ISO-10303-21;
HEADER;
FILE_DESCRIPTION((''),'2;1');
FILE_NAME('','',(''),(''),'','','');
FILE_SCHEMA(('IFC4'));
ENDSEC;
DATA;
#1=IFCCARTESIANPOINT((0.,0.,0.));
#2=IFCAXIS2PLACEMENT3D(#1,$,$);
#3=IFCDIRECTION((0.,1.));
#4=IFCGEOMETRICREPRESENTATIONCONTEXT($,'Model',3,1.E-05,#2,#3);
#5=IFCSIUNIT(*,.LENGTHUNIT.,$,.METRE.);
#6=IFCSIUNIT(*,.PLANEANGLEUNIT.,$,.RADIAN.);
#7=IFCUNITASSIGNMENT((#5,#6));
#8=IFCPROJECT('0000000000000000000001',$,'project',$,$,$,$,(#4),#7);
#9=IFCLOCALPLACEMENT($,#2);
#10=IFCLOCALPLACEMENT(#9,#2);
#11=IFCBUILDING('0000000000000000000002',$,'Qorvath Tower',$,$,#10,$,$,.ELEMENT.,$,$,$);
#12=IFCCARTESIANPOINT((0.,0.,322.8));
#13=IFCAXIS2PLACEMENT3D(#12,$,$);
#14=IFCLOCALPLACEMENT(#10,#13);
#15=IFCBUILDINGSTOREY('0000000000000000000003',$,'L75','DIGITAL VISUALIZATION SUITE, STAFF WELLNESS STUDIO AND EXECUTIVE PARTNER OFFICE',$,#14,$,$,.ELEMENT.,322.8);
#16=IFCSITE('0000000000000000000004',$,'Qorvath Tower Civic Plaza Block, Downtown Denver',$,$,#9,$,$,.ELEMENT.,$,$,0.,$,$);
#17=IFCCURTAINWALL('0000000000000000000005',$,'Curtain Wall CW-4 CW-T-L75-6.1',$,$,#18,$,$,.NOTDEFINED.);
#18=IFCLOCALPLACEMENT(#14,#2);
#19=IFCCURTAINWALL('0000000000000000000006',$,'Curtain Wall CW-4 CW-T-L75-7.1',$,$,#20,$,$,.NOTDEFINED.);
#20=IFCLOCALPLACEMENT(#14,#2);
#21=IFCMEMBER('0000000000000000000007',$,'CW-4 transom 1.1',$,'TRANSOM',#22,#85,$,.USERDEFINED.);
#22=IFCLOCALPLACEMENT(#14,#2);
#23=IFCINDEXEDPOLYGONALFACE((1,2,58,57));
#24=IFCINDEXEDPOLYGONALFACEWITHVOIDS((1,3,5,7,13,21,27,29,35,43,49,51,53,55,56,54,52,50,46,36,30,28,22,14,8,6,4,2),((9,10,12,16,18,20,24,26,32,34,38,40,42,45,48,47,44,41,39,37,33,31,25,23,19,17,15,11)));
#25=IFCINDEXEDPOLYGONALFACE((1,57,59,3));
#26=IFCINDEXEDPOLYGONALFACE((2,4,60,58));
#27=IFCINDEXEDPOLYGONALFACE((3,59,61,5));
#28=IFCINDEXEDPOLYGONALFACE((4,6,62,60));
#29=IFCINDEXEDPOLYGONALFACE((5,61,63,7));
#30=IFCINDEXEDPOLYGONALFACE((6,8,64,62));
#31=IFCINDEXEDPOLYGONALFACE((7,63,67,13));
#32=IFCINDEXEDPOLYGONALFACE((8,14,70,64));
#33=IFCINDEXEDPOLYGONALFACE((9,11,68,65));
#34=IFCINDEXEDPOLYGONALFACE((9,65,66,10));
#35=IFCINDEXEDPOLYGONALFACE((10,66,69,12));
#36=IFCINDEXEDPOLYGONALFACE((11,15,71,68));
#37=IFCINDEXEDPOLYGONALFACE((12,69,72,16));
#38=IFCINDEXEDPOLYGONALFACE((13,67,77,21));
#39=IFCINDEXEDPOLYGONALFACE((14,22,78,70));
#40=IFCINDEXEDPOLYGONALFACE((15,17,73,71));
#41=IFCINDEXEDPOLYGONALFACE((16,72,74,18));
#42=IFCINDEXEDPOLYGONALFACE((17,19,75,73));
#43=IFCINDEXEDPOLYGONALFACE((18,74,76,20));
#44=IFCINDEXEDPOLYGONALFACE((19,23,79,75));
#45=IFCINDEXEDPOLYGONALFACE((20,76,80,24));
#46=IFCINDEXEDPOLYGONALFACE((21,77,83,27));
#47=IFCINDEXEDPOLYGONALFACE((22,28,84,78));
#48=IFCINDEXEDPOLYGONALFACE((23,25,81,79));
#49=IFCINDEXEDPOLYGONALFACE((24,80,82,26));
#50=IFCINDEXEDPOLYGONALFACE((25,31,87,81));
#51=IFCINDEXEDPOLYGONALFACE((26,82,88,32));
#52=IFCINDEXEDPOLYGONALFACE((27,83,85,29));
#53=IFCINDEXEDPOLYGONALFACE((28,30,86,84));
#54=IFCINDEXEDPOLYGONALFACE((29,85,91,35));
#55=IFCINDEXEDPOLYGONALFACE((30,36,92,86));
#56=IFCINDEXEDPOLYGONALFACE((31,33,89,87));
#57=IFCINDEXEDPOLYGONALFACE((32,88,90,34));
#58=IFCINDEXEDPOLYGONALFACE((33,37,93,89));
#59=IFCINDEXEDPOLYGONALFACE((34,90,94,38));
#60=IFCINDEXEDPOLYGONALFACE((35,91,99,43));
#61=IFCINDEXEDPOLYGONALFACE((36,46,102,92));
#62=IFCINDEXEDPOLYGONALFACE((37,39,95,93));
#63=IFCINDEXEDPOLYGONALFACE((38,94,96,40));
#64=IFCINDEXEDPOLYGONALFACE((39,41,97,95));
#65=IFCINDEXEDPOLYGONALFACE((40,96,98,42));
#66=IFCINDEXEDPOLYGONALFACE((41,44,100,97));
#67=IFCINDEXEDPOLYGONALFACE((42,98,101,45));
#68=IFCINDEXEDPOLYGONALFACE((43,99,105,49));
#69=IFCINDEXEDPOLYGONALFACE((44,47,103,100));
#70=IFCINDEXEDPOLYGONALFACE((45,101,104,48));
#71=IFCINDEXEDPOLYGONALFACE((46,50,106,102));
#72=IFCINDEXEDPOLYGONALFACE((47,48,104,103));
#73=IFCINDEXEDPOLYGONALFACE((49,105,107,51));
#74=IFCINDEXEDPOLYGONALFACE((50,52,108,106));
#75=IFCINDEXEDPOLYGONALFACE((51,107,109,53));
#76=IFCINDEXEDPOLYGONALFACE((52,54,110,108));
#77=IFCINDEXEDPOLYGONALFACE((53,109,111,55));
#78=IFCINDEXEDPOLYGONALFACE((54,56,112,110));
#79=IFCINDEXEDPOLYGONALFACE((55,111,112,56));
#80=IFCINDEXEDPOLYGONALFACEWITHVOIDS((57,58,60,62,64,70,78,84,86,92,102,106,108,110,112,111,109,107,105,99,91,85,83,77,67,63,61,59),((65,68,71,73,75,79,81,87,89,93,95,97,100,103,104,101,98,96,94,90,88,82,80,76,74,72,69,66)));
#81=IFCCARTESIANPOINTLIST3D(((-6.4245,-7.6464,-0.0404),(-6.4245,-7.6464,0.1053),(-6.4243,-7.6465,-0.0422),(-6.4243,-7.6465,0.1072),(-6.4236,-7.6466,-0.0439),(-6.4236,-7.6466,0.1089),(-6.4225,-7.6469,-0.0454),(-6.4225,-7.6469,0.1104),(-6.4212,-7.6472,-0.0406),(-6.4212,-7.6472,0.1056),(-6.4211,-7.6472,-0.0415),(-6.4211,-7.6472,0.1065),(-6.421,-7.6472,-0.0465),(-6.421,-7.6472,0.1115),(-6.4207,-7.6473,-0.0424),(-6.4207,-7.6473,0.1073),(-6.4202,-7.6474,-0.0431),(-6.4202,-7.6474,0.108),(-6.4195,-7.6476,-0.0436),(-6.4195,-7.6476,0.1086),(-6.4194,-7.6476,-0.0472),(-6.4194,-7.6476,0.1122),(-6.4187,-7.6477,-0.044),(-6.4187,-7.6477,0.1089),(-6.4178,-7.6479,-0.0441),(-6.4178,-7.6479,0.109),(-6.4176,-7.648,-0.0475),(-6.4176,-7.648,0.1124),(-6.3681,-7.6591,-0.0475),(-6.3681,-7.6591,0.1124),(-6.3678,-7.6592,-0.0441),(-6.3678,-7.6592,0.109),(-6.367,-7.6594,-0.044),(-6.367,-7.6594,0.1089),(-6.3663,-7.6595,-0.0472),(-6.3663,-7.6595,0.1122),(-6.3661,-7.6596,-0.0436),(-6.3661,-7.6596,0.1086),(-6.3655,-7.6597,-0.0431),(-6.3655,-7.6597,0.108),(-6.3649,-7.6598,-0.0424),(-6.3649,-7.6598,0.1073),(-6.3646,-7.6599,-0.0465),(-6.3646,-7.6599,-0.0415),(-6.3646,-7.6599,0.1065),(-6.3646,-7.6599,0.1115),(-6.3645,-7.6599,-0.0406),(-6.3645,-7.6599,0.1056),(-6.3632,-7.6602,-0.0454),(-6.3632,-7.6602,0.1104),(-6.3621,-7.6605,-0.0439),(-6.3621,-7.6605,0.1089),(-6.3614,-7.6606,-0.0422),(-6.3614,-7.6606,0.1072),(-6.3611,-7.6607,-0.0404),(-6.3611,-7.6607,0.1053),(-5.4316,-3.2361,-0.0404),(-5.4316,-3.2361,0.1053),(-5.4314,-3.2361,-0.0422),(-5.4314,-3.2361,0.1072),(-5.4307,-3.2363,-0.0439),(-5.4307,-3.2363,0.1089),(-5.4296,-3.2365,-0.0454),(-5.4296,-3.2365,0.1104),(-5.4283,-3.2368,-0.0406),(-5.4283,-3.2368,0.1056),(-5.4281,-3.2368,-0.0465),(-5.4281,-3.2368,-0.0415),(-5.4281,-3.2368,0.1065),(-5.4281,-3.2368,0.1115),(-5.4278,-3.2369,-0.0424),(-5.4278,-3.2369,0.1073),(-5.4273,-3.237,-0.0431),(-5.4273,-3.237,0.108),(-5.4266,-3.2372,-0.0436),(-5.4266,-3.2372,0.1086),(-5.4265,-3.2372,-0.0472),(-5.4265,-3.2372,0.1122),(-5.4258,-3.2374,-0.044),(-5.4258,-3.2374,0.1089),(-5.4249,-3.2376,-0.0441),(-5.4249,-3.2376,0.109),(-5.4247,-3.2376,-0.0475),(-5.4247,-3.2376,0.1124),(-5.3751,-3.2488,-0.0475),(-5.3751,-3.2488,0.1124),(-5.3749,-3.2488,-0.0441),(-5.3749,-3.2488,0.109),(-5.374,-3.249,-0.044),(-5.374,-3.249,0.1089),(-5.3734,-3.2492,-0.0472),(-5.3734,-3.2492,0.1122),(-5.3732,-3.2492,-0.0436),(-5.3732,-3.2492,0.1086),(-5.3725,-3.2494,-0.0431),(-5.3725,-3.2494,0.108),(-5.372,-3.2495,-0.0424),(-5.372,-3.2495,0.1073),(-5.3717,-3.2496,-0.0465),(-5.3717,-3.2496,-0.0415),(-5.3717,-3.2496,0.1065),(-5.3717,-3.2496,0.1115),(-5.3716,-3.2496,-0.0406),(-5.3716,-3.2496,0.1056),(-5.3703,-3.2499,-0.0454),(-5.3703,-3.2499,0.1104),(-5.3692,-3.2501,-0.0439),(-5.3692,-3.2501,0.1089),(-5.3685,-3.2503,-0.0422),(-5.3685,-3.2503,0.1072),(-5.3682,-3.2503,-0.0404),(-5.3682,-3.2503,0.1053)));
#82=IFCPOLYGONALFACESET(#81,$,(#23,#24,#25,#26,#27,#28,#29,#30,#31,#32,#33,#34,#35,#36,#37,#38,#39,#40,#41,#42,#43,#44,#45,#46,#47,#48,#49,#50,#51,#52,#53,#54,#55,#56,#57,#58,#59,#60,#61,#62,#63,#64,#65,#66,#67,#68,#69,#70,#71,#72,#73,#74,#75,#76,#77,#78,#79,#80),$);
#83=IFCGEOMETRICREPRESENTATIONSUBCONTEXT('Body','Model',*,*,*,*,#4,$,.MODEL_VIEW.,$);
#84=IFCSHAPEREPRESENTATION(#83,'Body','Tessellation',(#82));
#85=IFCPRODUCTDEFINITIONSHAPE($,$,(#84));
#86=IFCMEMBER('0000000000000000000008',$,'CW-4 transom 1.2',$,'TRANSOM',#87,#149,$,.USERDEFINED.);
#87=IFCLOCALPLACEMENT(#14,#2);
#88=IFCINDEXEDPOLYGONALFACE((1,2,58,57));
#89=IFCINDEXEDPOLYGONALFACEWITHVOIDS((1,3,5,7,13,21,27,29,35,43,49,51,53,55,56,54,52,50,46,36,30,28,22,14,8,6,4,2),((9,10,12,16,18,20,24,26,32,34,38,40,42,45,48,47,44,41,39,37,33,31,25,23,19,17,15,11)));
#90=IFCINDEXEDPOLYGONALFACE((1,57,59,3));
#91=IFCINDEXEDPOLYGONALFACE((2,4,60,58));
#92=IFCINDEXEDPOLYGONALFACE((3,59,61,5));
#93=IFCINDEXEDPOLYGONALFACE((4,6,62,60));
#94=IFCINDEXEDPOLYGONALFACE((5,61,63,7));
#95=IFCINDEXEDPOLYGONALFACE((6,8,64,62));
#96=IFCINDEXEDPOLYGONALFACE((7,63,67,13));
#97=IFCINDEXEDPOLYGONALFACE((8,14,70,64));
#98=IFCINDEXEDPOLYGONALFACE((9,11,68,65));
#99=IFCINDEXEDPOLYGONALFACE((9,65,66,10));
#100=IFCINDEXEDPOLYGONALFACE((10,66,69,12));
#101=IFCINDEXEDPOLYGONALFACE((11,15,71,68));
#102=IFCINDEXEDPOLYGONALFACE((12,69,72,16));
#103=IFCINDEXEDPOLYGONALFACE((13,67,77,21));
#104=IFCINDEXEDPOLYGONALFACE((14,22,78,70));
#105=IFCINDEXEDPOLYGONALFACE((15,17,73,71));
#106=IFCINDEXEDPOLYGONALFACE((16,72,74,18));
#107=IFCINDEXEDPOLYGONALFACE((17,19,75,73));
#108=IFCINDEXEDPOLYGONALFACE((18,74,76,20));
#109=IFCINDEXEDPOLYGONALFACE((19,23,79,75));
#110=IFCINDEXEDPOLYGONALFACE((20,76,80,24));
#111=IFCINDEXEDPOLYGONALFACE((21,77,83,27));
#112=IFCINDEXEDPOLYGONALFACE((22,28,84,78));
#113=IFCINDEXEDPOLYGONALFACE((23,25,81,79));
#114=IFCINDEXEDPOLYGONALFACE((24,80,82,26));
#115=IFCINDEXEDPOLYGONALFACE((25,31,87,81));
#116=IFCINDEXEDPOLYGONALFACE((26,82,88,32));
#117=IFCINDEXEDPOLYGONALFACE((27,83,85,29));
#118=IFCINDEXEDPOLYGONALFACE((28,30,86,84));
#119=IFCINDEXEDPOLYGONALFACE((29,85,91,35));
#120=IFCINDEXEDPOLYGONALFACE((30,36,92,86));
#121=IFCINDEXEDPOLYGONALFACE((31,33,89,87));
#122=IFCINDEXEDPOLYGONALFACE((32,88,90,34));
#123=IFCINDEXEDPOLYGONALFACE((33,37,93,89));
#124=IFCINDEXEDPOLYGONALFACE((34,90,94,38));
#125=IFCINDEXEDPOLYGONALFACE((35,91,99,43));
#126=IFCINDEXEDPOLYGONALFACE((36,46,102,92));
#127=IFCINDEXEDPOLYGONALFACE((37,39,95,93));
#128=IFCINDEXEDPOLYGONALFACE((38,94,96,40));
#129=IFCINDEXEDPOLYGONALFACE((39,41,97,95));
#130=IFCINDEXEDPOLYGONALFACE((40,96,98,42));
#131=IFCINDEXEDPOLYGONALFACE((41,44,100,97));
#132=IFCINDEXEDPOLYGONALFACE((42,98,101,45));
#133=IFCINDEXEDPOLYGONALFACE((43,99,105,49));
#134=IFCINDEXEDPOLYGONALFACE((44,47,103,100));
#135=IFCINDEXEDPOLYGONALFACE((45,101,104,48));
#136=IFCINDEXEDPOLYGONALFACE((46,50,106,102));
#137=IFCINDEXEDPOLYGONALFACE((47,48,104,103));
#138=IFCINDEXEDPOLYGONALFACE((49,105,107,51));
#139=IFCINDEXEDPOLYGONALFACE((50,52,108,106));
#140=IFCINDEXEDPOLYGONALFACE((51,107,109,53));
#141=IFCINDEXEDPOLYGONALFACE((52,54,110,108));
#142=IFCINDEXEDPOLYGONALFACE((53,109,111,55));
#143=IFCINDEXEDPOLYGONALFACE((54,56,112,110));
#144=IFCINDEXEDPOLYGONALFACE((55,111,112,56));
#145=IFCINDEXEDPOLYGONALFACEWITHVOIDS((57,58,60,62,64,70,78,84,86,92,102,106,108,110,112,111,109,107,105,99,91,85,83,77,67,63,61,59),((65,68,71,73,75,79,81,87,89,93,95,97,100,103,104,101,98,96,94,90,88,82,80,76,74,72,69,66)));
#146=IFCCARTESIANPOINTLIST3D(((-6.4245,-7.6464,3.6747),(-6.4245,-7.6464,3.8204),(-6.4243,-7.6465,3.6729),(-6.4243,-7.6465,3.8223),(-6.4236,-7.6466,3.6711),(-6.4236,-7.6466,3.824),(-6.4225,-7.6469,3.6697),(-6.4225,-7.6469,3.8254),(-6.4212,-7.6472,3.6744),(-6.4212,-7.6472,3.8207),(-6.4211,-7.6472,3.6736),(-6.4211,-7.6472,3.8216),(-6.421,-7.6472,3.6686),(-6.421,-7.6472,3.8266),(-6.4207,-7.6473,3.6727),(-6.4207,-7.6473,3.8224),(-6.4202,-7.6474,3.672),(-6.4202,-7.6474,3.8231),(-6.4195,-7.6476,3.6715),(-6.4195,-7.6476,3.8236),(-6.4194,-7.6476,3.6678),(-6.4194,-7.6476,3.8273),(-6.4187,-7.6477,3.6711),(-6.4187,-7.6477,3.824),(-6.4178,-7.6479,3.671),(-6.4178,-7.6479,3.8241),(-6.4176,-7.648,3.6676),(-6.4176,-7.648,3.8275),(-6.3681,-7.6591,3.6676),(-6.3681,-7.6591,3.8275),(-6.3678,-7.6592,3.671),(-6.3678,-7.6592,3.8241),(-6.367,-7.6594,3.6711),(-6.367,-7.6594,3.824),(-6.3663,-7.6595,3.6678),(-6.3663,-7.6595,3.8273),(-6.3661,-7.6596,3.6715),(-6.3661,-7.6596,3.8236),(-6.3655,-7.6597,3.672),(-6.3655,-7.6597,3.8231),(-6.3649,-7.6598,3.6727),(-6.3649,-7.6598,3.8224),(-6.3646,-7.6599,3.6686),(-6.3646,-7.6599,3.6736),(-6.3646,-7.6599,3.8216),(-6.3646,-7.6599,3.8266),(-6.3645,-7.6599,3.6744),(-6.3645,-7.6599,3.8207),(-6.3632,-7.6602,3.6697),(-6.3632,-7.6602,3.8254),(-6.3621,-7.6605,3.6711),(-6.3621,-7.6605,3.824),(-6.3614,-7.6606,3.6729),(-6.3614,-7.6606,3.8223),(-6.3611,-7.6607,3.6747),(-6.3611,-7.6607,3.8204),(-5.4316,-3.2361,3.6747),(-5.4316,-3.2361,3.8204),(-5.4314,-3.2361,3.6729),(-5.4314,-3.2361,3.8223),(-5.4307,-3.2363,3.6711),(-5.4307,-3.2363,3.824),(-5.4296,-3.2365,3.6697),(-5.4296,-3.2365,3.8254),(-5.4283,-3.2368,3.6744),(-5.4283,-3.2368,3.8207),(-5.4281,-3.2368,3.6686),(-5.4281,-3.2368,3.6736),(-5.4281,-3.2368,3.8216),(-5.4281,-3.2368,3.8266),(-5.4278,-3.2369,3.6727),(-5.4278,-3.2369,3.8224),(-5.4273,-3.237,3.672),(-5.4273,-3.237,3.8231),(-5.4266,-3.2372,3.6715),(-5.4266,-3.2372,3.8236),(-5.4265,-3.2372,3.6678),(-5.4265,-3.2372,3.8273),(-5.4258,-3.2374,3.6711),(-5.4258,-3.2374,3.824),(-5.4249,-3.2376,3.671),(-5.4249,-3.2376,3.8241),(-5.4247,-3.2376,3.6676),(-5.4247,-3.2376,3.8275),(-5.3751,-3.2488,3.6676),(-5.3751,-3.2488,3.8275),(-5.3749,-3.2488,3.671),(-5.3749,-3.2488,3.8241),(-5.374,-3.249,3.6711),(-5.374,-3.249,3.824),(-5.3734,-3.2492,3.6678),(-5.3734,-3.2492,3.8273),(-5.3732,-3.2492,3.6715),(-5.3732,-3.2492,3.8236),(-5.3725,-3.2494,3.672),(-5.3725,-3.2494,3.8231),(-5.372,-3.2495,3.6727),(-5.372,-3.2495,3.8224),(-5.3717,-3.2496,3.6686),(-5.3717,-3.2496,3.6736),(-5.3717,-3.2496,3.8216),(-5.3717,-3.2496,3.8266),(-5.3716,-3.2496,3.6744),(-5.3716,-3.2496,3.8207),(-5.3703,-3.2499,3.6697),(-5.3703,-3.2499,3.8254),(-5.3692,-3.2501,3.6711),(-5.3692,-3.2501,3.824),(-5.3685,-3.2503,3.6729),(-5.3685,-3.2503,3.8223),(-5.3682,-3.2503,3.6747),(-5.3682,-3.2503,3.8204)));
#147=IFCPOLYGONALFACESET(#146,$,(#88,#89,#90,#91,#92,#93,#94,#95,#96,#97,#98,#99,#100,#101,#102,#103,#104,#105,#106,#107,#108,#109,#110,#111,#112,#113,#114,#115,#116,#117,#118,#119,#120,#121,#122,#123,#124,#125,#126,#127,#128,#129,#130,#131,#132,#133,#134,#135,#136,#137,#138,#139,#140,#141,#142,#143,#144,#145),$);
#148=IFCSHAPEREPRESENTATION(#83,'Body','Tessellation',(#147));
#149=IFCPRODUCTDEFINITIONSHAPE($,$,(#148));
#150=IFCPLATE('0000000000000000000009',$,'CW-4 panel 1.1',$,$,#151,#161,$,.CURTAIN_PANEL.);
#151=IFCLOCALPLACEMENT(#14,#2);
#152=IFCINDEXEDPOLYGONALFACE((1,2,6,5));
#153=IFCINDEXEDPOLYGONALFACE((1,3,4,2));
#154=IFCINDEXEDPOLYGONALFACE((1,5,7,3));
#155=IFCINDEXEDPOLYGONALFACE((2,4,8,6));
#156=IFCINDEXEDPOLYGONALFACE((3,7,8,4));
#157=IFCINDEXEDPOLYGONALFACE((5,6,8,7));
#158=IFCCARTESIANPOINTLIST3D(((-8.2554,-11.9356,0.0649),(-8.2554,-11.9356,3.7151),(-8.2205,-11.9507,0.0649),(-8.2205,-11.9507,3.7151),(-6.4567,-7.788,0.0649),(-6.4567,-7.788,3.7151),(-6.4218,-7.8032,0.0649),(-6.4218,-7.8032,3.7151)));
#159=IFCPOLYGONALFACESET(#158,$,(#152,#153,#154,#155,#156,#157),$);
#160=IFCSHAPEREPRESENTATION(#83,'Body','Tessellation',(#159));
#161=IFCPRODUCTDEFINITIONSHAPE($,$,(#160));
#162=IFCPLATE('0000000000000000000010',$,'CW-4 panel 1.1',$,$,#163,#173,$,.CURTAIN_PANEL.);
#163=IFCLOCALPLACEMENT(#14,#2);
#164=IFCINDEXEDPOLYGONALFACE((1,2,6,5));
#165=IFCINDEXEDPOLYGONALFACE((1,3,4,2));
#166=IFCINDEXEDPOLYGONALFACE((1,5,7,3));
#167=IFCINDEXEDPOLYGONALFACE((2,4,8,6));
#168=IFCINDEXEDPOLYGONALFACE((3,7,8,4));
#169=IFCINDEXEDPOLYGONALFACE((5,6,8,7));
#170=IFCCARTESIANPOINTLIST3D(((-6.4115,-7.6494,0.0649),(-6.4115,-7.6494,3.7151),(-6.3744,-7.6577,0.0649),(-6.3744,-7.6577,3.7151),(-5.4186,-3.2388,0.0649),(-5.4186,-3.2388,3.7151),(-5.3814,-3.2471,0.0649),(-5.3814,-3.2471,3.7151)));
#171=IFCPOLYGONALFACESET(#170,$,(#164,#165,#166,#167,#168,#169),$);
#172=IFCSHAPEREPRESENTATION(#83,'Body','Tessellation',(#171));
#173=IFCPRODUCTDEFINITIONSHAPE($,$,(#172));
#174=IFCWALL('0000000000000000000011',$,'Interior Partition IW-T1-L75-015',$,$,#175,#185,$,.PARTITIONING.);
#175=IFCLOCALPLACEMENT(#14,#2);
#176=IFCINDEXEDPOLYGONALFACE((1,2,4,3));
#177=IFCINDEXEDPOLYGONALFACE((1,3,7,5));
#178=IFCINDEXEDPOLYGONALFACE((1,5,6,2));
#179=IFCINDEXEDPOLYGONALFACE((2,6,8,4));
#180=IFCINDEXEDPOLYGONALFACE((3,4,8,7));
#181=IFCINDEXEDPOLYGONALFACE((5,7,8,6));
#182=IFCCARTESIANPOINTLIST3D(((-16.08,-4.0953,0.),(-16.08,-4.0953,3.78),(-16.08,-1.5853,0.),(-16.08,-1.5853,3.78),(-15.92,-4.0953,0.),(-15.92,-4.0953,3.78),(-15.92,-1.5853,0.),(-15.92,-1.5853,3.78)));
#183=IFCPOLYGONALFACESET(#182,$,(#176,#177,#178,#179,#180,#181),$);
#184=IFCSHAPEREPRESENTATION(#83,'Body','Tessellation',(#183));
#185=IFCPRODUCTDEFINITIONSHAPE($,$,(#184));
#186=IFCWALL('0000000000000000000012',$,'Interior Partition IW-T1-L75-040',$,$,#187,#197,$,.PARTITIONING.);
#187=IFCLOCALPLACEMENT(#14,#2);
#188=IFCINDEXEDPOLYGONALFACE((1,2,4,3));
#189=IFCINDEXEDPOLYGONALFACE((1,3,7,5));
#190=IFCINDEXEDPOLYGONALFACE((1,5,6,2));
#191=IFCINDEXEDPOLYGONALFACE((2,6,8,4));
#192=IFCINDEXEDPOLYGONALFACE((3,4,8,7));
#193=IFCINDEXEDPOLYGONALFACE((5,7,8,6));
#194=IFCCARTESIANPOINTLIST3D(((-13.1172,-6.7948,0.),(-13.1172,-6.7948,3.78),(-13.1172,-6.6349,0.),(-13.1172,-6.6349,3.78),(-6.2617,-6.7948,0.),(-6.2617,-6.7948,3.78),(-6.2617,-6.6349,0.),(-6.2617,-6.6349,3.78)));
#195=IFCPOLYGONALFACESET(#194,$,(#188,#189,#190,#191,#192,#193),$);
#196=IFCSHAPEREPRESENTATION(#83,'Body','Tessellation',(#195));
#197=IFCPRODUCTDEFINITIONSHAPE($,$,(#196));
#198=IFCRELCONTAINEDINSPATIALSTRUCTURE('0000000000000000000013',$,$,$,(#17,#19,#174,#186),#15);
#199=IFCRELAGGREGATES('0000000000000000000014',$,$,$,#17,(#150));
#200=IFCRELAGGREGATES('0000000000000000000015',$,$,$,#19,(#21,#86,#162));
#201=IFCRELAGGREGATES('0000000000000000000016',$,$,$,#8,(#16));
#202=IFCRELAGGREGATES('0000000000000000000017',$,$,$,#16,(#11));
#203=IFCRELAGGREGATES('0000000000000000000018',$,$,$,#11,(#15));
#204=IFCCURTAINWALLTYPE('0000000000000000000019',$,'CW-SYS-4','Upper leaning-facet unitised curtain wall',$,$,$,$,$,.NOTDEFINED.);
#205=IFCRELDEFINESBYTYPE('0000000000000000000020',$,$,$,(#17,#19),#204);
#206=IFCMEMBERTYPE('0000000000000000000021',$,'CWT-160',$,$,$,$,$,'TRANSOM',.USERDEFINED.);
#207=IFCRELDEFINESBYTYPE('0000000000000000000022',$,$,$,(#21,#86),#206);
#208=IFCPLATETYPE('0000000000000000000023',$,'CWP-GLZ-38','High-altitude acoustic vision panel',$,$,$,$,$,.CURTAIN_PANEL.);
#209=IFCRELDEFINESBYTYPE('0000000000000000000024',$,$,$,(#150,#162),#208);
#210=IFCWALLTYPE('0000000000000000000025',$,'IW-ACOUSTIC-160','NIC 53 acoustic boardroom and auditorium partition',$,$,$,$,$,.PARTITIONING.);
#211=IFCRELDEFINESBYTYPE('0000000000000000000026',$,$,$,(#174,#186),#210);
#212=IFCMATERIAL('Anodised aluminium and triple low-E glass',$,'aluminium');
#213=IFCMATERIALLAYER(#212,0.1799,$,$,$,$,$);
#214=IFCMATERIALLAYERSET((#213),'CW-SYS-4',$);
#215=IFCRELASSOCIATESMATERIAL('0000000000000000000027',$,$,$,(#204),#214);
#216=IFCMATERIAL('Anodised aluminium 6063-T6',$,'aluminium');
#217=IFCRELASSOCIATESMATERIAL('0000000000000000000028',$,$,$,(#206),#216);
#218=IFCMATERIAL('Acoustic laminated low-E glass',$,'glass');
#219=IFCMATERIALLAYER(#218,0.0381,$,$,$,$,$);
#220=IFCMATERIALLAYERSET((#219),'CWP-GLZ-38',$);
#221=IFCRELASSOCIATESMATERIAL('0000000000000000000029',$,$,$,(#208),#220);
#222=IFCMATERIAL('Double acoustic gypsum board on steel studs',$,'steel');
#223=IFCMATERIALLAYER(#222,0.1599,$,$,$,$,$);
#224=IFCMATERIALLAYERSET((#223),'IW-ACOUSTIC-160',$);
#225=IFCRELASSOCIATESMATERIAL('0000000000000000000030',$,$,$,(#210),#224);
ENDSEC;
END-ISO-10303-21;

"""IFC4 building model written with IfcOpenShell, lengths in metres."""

from ifc_helpers import new_model, si_unit, direction, frame, frame_2d, origin, origin_2d, place, context, subcontext, project, spatial, rectangle, hollow_rectangle, extrude, material, layer, layer_set, material_profile, profile_set, type_object, element, aggregate, save


model = new_model("IFC4")

# Units and contexts
model_context = context("Model", 3, precision=1e-05, world=origin(), true_north=direction((0.0, 1.0)))
body_context = subcontext(model_context, "Body", "Model", "MODEL_VIEW")
ifc_project = project(units=[si_unit("LENGTHUNIT", "METRE"), si_unit("PLANEANGLEUNIT", "RADIAN")], contexts=[model_context])

# Site, building, storey
site_placement = place(None, origin())
site = spatial("IfcSite", under=ifc_project, at=site_placement, Name="Qorvath Tower Civic Plaza Block, Downtown Denver", CompositionType="ELEMENT", RefElevation=0.0)
building_placement = place(site_placement, origin())
building = spatial("IfcBuilding", under=site, at=building_placement, Name="Qorvath Tower", CompositionType="ELEMENT")
storey_placement = place(building_placement, frame((0.0, 0.0, 322.8)))
storey = spatial("IfcBuildingStorey", under=building, at=storey_placement, Name="L75", Description="DIGITAL VISUALIZATION SUITE, STAFF WELLNESS STUDIO AND EXECUTIVE PARTNER OFFICE", CompositionType="ELEMENT", Elevation=322.8)

# Curtain wall
ifc_material_1 = material(Name="Anodised aluminium and triple low-E glass", Category="aluminium")
ifc_layer_1 = layer(ifc_material_1, 0.1799)
ifc_layer_set_1 = layer_set([ifc_layer_1], Name="CW-SYS-4")
curtain_wall_type = type_object("IfcCurtainWallType", Name="CW-SYS-4", Description="Upper leaning-facet unitised curtain wall", PredefinedType="NOTDEFINED", material=ifc_layer_set_1)
curtain_wall_1_placement = place(storey_placement, origin())
curtain_wall_1 = element("IfcCurtainWall", 1, at=curtain_wall_1_placement, inside=storey, type_object=curtain_wall_type, Name="Curtain Wall CW-4 CW-T-L75-6.1", PredefinedType="NOTDEFINED")

# Curtain wall, members
curtain_wall_2_placement = place(storey_placement, origin())
curtain_wall_2 = element("IfcCurtainWall", 2, at=curtain_wall_2_placement, inside=storey, type_object=curtain_wall_type, Name="Curtain Wall CW-4 CW-T-L75-7.1", PredefinedType="NOTDEFINED")
ifc_material_2 = material(Name="Anodised aluminium 6063-T6", Category="aluminium")
ifc_material_profile_1 = material_profile(ifc_material_2, hollow_rectangle(XDim=0.0649, YDim=0.1599, WallThickness=0.0034, InnerFilletRadius=0.0034, OuterFilletRadius=0.0071, at=origin_2d()), Name="CWT 160x65")
ifc_profile_set_1 = profile_set([ifc_material_profile_1], Name="Anodised aluminium 6063-T6")
member_type_1 = type_object("IfcMemberType", Name="CWT-160", ElementType="TRANSOM", PredefinedType="USERDEFINED", material=ifc_profile_set_1)
member_1_placement = place(storey_placement, frame((-6.3928, -7.6536, 0.0325), z_axis=(0.219634, 0.975582, 0.0), x_axis=(-0.975582, 0.219634, 0.0)))
member_1 = element("IfcMember", 3, at=member_1_placement, type_object=member_type_1, Name="CW-4 transom 1.1", ObjectType="TRANSOM", PredefinedType="USERDEFINED", context=body_context, shape_type="SweptSolid", body=[
    extrude(hollow_rectangle(XDim=0.0649, YDim=0.1599, WallThickness=0.0034, InnerFilletRadius=0.0034, OuterFilletRadius=0.0071, at=origin_2d()), origin(), (0.0, 0.0, 1.0), 4.5208),
])
member_2_placement = place(storey_placement, frame((-6.3928, -7.6536, 3.7476), z_axis=(0.219634, 0.975582, 0.0), x_axis=(-0.975582, 0.219634, 0.0)))
member_2 = element("IfcMember", 4, at=member_2_placement, type_object=member_type_1, Name="CW-4 transom 1.2", ObjectType="TRANSOM", PredefinedType="USERDEFINED", context=body_context, shape_type="SweptSolid", body=[
    extrude(hollow_rectangle(XDim=0.0649, YDim=0.1599, WallThickness=0.0034, InnerFilletRadius=0.0034, OuterFilletRadius=0.0071, at=origin_2d()), origin(), (0.0, 0.0, 1.0), 4.5208),
])

# Plates
ifc_material_3 = material(Name="Acoustic laminated low-E glass", Category="glass")
ifc_layer_2 = layer(ifc_material_3, 0.0381)
ifc_layer_set_2 = layer_set([ifc_layer_2], Name="CWP-GLZ-38")
plate_type = type_object("IfcPlateType", Name="CWP-GLZ-38", Description="High-altitude acoustic vision panel", PredefinedType="CURTAIN_PANEL", material=ifc_layer_set_2)
plate_1_placement = place(storey_placement, frame((-7.3386, -9.8694, 0.0649), z_axis=(0.0, 0.0, 1.0), x_axis=(0.397874, 0.91744, 0.0)))
plate_1 = element("IfcPlate", 5, at=plate_1_placement, type_object=plate_type, Name="CW-4 panel 1.1", PredefinedType="CURTAIN_PANEL", context=body_context, shape_type="SweptSolid", body=[
    extrude(rectangle(XDim=4.5208, YDim=0.0381, at=origin_2d()), origin(), (0.0, 0.0, 1.0), 3.6501),
])
aggregate(curtain_wall_1, [plate_1])
plate_2_placement = place(storey_placement, frame((-5.8965, -5.4482, 0.0649), z_axis=(0.0, 0.0, 1.0), x_axis=(0.219634, 0.975582, 0.0)))
plate_2 = element("IfcPlate", 6, at=plate_2_placement, type_object=plate_type, Name="CW-4 panel 1.1", PredefinedType="CURTAIN_PANEL", context=body_context, shape_type="SweptSolid", body=[
    extrude(rectangle(XDim=4.521, YDim=0.0381, at=origin_2d()), origin(), (0.0, 0.0, 1.0), 3.6501),
])
aggregate(curtain_wall_2, [member_1, member_2, plate_2])

# Walls
ifc_material_4 = material(Name="Double acoustic gypsum board on steel studs", Category="steel")
ifc_layer_3 = layer(ifc_material_4, 0.1599)
ifc_layer_set_3 = layer_set([ifc_layer_3], Name="IW-ACOUSTIC-160")
wall_type_1 = type_object("IfcWallType", Name="IW-ACOUSTIC-160", Description="NIC 53 acoustic boardroom and auditorium partition", PredefinedType="PARTITIONING", material=ifc_layer_set_3)
wall_1_placement = place(storey_placement, frame((-16.0, -4.0952, 0.0), z_axis=(0.0, 0.0, 1.0), x_axis=(0.0, 1.0, 0.0)))
element("IfcWall", 7, at=wall_1_placement, inside=storey, type_object=wall_type_1, Name="Interior Partition IW-T1-L75-015", PredefinedType="PARTITIONING", context=body_context, shape_type="SweptSolid", body=[
    extrude(rectangle(XDim=2.51, YDim=0.1599, at=frame_2d((1.2549, 0.0))), origin(), (0.0, 0.0, 1.0), 3.78),
])
wall_2_placement = place(storey_placement, frame((-6.2617, -6.7148, 0.0), z_axis=(0.0, 0.0, 1.0), x_axis=(-1.0, 0.0, 0.0)))
element("IfcWall", 8, at=wall_2_placement, inside=storey, type_object=wall_type_1, Name="Interior Partition IW-T1-L75-040", PredefinedType="PARTITIONING", context=body_context, shape_type="SweptSolid", body=[
    extrude(rectangle(XDim=6.8555, YDim=0.1599, at=frame_2d((3.4277, 0.0))), origin(), (0.0, 0.0, 1.0), 3.78),
])

save(model, "model.ifc")
